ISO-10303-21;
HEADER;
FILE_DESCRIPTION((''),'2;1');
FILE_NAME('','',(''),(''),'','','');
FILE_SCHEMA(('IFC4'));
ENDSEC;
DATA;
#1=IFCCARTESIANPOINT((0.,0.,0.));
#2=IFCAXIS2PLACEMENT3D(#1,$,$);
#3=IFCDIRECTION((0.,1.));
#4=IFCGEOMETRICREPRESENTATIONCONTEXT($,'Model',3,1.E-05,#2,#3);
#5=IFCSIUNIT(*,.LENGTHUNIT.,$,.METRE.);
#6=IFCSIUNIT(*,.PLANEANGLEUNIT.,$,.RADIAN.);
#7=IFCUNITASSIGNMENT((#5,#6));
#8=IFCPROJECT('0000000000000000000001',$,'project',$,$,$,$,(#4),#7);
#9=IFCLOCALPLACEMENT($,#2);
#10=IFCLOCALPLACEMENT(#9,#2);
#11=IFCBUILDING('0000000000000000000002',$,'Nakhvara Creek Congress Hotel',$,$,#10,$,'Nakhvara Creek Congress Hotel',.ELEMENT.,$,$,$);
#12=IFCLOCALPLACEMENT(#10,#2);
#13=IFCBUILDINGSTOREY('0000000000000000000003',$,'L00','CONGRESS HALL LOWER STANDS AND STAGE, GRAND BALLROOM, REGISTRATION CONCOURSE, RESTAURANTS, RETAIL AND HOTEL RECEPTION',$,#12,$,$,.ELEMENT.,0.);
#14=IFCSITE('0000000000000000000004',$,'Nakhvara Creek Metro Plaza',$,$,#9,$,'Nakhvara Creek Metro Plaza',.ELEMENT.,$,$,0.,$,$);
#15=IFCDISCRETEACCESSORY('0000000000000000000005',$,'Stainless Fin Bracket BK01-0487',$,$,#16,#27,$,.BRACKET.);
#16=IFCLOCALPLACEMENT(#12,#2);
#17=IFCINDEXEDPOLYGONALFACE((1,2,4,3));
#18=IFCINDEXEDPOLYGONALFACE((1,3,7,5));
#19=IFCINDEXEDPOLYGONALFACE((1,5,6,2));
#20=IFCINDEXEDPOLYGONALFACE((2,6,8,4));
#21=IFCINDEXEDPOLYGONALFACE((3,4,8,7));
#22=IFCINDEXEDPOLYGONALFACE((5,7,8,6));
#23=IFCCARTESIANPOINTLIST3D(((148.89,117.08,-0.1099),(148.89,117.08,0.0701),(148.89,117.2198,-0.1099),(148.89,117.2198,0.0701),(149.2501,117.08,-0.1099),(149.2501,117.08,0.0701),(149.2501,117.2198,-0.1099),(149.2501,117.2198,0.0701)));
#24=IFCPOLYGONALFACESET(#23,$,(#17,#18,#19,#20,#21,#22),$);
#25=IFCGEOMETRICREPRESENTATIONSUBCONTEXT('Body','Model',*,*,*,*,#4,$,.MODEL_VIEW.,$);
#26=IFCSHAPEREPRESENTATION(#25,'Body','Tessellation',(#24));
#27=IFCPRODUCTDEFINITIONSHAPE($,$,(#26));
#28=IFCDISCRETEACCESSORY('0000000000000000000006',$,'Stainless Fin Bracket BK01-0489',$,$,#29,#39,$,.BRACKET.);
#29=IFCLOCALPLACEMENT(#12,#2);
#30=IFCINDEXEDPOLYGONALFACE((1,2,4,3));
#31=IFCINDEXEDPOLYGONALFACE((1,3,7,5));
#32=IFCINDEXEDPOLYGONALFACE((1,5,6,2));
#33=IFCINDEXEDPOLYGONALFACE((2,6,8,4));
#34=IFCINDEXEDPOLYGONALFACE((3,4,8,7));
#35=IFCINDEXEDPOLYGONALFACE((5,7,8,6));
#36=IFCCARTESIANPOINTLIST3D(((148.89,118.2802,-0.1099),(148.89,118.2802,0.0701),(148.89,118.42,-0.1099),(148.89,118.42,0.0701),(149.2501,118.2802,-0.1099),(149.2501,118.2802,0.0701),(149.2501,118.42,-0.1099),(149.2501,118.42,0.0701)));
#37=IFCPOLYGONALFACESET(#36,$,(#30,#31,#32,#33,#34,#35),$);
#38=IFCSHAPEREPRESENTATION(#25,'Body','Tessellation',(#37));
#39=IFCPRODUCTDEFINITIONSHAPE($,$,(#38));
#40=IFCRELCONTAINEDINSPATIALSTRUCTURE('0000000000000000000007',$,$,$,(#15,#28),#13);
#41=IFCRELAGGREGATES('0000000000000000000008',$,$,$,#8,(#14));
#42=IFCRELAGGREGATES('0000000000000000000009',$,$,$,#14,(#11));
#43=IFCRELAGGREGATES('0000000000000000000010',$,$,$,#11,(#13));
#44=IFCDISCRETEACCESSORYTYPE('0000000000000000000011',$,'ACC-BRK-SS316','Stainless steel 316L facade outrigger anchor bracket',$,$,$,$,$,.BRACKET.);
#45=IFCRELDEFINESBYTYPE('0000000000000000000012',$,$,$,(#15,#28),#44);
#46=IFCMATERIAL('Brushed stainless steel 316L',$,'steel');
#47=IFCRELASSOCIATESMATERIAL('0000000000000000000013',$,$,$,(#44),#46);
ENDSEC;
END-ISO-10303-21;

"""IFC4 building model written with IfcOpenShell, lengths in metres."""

from ifc_helpers import new_model, si_unit, direction, frame, origin, origin_2d, place, context, subcontext, project, spatial, rectangle, extrude, material, type_object, element, save


model = new_model("IFC4")

# Units and contexts
model_context = context("Model", 3, precision=1e-05, world=origin(), true_north=direction((0.0, 1.0)))
body_context = subcontext(model_context, "Body", "Model", "MODEL_VIEW")
ifc_project = project(units=[si_unit("LENGTHUNIT", "METRE"), si_unit("PLANEANGLEUNIT", "RADIAN")], contexts=[model_context])

# Site, building, storey
site_placement = place(None, origin())
site = spatial("IfcSite", under=ifc_project, at=site_placement, Name="Nakhvara Creek Metro Plaza", LongName="Nakhvara Creek Metro Plaza", CompositionType="ELEMENT", RefElevation=0.0)
building_placement = place(site_placement, origin())
building = spatial("IfcBuilding", under=site, at=building_placement, Name="Nakhvara Creek Congress Hotel", LongName="Nakhvara Creek Congress Hotel", CompositionType="ELEMENT")
storey_placement = place(building_placement, origin())
storey = spatial("IfcBuildingStorey", under=building, at=storey_placement, Name="L00", Description="CONGRESS HALL LOWER STANDS AND STAGE, GRAND BALLROOM, REGISTRATION CONCOURSE, RESTAURANTS, RETAIL AND HOTEL RECEPTION", CompositionType="ELEMENT", Elevation=0.0)

# Discrete accessories
ifc_material_1 = material(Name="Brushed stainless steel 316L", Category="steel")
discrete_accessory_type = type_object("IfcDiscreteAccessoryType", Name="ACC-BRK-SS316", Description="Stainless steel 316L facade outrigger anchor bracket", PredefinedType="BRACKET", material=ifc_material_1)
for number, where, z_axis, x_axis, name in (
    (1, (149.0701, 117.1499, -0.1099), (0.0, 0.0, 1.0), (0.0, 1.0, 0.0), "Stainless Fin Bracket BK01-0487"),
    (2, (149.0701, 118.3501, -0.1099), (0.0, 0.0, 1.0), (0.0, 1.0, 0.0), "Stainless Fin Bracket BK01-0489"),
):
    element("IfcDiscreteAccessory", number, at=place(storey_placement, frame(where, z_axis=z_axis, x_axis=x_axis)), inside=storey, type_object=discrete_accessory_type, Name=name, PredefinedType="BRACKET", context=body_context, shape_type="SweptSolid", body=[
        extrude(rectangle(XDim=0.1399, YDim=0.3601, at=origin_2d()), origin(), (0.0, 0.0, 1.0), 0.1799),
    ])

save(model, "model.ifc")
